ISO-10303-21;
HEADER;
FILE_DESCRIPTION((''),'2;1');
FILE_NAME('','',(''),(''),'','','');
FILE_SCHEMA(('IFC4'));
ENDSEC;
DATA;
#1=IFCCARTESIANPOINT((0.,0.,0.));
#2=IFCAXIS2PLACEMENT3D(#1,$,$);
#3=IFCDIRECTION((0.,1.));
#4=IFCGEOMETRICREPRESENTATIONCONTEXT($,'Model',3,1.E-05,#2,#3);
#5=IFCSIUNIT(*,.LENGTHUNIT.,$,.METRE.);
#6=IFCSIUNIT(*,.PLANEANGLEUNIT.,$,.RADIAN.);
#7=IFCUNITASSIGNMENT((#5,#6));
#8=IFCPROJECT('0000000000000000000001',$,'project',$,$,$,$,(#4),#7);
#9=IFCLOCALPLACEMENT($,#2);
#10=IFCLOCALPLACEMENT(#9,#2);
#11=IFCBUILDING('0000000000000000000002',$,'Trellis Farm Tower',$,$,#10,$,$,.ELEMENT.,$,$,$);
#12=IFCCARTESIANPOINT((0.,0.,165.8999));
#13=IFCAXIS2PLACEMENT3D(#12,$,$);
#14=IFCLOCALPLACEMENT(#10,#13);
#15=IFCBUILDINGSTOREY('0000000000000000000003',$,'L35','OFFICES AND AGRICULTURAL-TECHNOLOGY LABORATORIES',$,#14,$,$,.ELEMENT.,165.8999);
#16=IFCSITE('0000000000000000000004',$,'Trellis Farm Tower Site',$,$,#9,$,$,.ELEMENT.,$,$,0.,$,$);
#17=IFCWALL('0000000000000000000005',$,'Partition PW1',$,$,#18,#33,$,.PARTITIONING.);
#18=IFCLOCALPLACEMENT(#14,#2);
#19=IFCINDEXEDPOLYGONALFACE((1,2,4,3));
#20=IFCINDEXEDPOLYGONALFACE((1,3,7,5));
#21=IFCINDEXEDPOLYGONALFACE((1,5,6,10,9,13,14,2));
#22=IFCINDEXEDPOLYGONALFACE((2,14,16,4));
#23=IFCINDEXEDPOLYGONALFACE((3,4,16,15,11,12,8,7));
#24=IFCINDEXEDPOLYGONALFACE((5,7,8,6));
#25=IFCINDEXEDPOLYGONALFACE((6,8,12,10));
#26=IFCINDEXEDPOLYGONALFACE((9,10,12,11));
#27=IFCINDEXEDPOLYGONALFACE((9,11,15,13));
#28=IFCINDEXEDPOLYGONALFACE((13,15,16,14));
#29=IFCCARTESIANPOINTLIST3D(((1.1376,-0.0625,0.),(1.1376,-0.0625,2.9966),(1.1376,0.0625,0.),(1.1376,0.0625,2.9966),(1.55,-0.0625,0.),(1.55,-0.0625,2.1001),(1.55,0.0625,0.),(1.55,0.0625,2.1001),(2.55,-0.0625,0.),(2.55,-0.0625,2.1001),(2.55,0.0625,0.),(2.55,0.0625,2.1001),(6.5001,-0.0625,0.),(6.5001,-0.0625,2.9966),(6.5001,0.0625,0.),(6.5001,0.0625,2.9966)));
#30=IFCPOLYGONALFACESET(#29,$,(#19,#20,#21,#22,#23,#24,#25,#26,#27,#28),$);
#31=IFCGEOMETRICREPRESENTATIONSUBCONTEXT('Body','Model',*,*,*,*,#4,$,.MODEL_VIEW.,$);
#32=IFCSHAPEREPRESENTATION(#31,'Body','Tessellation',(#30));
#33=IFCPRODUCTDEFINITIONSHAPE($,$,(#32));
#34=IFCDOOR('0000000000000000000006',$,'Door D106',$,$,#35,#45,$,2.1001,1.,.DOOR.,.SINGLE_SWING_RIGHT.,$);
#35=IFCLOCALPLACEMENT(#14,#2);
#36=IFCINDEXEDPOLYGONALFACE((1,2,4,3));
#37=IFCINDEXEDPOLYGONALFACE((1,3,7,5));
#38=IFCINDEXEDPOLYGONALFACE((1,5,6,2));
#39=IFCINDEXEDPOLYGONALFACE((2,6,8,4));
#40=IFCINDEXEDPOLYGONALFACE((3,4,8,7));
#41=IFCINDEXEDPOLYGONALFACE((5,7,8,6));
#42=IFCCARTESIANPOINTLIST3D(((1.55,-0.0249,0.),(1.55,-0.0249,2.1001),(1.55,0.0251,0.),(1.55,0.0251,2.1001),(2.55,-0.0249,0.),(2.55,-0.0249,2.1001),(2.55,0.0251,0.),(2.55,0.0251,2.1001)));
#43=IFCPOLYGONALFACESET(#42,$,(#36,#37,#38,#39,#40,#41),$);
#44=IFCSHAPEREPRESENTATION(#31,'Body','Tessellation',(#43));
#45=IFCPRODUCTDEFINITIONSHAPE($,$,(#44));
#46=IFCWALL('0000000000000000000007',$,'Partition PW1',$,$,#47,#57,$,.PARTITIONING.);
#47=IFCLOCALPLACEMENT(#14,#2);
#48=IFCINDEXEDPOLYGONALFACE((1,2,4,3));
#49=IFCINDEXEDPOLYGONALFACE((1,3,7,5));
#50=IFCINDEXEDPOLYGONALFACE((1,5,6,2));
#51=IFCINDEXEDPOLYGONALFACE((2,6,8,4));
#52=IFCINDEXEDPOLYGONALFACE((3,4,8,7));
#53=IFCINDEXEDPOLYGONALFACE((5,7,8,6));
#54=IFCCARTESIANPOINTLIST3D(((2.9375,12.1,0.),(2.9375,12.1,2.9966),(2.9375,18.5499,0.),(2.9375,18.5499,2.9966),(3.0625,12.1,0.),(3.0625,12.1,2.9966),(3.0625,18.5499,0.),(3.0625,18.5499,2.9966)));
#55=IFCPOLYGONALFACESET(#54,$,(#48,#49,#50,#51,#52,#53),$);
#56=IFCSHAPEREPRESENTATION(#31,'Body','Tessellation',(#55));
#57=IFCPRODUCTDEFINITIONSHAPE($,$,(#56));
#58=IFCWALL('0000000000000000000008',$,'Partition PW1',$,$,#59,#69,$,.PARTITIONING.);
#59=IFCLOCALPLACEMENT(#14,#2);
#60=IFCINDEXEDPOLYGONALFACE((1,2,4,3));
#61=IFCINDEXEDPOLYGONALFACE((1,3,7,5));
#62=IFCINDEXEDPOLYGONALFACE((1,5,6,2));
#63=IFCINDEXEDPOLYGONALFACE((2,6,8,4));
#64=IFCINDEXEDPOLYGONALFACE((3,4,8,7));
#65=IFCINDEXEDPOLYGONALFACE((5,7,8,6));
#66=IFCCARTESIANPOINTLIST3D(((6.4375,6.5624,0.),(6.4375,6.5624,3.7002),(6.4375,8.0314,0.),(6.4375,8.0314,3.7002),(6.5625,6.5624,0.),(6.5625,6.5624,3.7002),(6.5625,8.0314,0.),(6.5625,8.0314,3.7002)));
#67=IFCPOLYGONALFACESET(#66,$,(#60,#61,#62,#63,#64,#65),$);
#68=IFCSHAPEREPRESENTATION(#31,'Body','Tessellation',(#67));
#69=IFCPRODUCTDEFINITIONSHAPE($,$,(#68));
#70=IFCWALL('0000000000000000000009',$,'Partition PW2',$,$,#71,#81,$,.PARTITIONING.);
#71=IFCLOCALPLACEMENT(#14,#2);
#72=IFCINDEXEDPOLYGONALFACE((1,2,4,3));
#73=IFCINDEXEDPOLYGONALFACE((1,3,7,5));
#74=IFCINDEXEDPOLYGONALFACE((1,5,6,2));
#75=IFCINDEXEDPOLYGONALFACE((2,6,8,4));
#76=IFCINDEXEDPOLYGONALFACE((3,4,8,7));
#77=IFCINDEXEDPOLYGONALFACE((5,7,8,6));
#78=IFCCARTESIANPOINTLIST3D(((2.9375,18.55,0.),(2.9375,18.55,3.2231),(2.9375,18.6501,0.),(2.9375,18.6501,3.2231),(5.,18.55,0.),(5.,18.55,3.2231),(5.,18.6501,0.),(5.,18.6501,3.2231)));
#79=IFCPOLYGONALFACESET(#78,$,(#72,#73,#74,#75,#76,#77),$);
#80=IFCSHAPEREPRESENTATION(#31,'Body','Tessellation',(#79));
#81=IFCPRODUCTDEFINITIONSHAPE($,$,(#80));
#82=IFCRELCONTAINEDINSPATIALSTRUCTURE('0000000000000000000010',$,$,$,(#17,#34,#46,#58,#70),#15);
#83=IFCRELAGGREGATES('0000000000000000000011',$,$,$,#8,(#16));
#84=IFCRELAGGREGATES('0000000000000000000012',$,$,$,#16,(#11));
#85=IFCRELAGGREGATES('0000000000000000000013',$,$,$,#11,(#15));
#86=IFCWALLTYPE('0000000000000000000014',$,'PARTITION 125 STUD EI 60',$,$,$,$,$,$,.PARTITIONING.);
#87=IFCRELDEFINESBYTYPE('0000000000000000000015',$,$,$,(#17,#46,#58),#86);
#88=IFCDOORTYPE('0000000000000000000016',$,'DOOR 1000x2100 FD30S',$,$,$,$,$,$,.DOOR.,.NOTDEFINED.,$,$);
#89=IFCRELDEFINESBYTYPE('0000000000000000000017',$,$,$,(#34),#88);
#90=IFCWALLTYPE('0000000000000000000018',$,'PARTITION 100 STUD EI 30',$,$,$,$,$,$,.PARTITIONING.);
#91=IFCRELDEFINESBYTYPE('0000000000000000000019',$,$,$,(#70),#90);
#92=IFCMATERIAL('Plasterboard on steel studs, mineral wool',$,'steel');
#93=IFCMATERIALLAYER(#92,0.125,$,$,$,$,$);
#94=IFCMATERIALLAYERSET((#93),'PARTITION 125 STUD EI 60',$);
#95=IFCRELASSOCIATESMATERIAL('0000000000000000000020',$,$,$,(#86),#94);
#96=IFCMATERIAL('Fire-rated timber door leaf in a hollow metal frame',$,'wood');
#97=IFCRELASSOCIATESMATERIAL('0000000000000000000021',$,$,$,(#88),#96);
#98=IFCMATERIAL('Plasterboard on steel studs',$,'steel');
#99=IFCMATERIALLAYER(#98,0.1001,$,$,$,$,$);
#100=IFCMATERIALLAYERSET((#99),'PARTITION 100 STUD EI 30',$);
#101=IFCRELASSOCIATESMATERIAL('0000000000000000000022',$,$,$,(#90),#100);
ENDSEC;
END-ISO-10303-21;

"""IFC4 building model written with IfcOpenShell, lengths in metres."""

from ifc_helpers import new_model, si_unit, direction, frame, frame_2d, origin, place, context, subcontext, project, spatial, rectangle, extrude, source, transform, mapped, material, layer, layer_set, type_object, element, fill, save


model = new_model("IFC4")

# Units and contexts
model_context = context("Model", 3, precision=1e-05, world=origin(), true_north=direction((0.0, 1.0)))
body_context = subcontext(model_context, "Body", "Model", "MODEL_VIEW")
ifc_project = project(units=[si_unit("LENGTHUNIT", "METRE"), si_unit("PLANEANGLEUNIT", "RADIAN")], contexts=[model_context])

# Site, building, storey
site_placement = place(None, origin())
site = spatial("IfcSite", under=ifc_project, at=site_placement, Name="Trellis Farm Tower Site", CompositionType="ELEMENT", RefElevation=0.0)
building_placement = place(site_placement, origin())
building = spatial("IfcBuilding", under=site, at=building_placement, Name="Trellis Farm Tower", CompositionType="ELEMENT")
storey_placement = place(building_placement, frame((0.0, 0.0, 165.8999)))
storey = spatial("IfcBuildingStorey", under=building, at=storey_placement, Name="L35", Description="OFFICES AND AGRICULTURAL-TECHNOLOGY LABORATORIES", CompositionType="ELEMENT", Elevation=165.8999)

# Wall, opening, door
ifc_material_1 = material(Name="Plasterboard on steel studs, mineral wool", Category="steel")
ifc_layer_1 = layer(ifc_material_1, 0.125)
ifc_layer_set_1 = layer_set([ifc_layer_1], Name="PARTITION 125 STUD EI 60")
wall_type_1 = type_object("IfcWallType", Name="PARTITION 125 STUD EI 60", PredefinedType="PARTITIONING", material=ifc_layer_set_1)
shared_shape_1 = source(origin(), body_context, "Body", "SweptSolid", [
    extrude(rectangle(XDim=5.3625, YDim=0.125, at=frame_2d((2.6812, 0.0))), origin(), (0.0, 0.0, 1.0), 2.9966),
])
wall_1_placement = place(storey_placement, frame((6.5, 0.0, 0.0), z_axis=(0.0, 0.0, 1.0), x_axis=(-1.0, 0.0, 0.0)))
wall_1 = element("IfcWall", 1, at=wall_1_placement, inside=storey, type_object=wall_type_1, Name="Partition PW1", PredefinedType="PARTITIONING", context=body_context, shape_type="MappedRepresentation", body=[
    mapped(shared_shape_1, transform((0.0, 0.0, 0.0))),
])
shared_shape_2 = source(origin(), body_context, "Body", "SweptSolid", [
    extrude(rectangle(XDim=1.0, YDim=2.1001, at=frame_2d((0.5, 1.05))), frame((0.0, 0.0725, 0.0), z_axis=(0.0, -1.0, 0.0), x_axis=(1.0, 0.0, 0.0)), (0.0, 0.0, 1.0), 0.145),
])
opening_1_placement = place(wall_1_placement, frame((3.95, 0.0, 0.0)))
opening_1 = element("IfcOpeningElement", 2, at=opening_1_placement, cuts=wall_1, PredefinedType="OPENING", context=body_context, shape_type="MappedRepresentation", body=[
    mapped(shared_shape_2, transform((0.0, 0.0, 0.0))),
])
ifc_material_2 = material(Name="Fire-rated timber door leaf in a hollow metal frame", Category="wood")
door_type_1 = type_object("IfcDoorType", Name="DOOR 1000x2100 FD30S", OperationType="NOTDEFINED", PredefinedType="DOOR", material=ifc_material_2)
shared_shape_3 = source(origin(), body_context, "Body", "SweptSolid", [
    extrude(rectangle(XDim=1.0, YDim=2.1001, at=frame_2d((0.5, 1.05))), frame((0.0, 0.0249, 0.0), z_axis=(0.0, -1.0, 0.0), x_axis=(1.0, 0.0, 0.0)), (0.0, 0.0, 1.0), 0.05),
])
door_1_placement = place(opening_1_placement, origin())
door_1 = element("IfcDoor", 3, at=door_1_placement, inside=storey, type_object=door_type_1, Name="Door D106", OperationType="SINGLE_SWING_RIGHT", OverallHeight=2.1001, OverallWidth=1.0, PredefinedType="DOOR", context=body_context, shape_type="MappedRepresentation", body=[
    mapped(shared_shape_3, transform((0.0, 0.0, 0.0))),
])
fill(opening_1, door_1)

# Walls
shared_shape_4 = source(origin(), body_context, "Body", "SweptSolid", [
    extrude(rectangle(XDim=6.45, YDim=0.125, at=frame_2d((3.2251, 0.0))), origin(), (0.0, 0.0, 1.0), 2.9966),
])
wall_2_placement = place(storey_placement, frame((3.0, 18.55, 0.0), z_axis=(0.0, 0.0, 1.0), x_axis=(0.0, -1.0, 0.0)))
element("IfcWall", 4, at=wall_2_placement, inside=storey, type_object=wall_type_1, Name="Partition PW1", PredefinedType="PARTITIONING", context=body_context, shape_type="MappedRepresentation", body=[
    mapped(shared_shape_4, transform((0.0, 0.0, 0.0))),
])
shared_shape_5 = source(origin(), body_context, "Body", "SweptSolid", [
    extrude(rectangle(XDim=1.469, YDim=0.125, at=frame_2d((0.7344, 0.0))), origin(), (0.0, 0.0, 1.0), 3.7002),
])
wall_3_placement = place(storey_placement, frame((6.5, 6.5625, 0.0), z_axis=(0.0, 0.0, 1.0), x_axis=(0.0, 1.0, 0.0)))
element("IfcWall", 5, at=wall_3_placement, inside=storey, type_object=wall_type_1, Name="Partition PW1", PredefinedType="PARTITIONING", context=body_context, shape_type="MappedRepresentation", body=[
    mapped(shared_shape_5, transform((0.0, 0.0, 0.0))),
])
ifc_material_3 = material(Name="Plasterboard on steel studs", Category="steel")
ifc_layer_2 = layer(ifc_material_3, 0.1001)
ifc_layer_set_2 = layer_set([ifc_layer_2], Name="PARTITION 100 STUD EI 30")
wall_type_2 = type_object("IfcWallType", Name="PARTITION 100 STUD EI 30", PredefinedType="PARTITIONING", material=ifc_layer_set_2)
shared_shape_6 = source(origin(), body_context, "Body", "SweptSolid", [
    extrude(rectangle(XDim=2.0625, YDim=0.1001, at=frame_2d((1.0312, 0.0))), origin(), (0.0, 0.0, 1.0), 3.2231),
])
wall_4_placement = place(storey_placement, frame((2.9375, 18.6001, 0.0), z_axis=(0.0, 0.0, 1.0), x_axis=(1.0, 0.0, 0.0)))
element("IfcWall", 6, at=wall_4_placement, inside=storey, type_object=wall_type_2, Name="Partition PW2", PredefinedType="PARTITIONING", context=body_context, shape_type="MappedRepresentation", body=[
    mapped(shared_shape_6, transform((0.0, 0.0, 0.0))),
])

save(model, "model.ifc")
